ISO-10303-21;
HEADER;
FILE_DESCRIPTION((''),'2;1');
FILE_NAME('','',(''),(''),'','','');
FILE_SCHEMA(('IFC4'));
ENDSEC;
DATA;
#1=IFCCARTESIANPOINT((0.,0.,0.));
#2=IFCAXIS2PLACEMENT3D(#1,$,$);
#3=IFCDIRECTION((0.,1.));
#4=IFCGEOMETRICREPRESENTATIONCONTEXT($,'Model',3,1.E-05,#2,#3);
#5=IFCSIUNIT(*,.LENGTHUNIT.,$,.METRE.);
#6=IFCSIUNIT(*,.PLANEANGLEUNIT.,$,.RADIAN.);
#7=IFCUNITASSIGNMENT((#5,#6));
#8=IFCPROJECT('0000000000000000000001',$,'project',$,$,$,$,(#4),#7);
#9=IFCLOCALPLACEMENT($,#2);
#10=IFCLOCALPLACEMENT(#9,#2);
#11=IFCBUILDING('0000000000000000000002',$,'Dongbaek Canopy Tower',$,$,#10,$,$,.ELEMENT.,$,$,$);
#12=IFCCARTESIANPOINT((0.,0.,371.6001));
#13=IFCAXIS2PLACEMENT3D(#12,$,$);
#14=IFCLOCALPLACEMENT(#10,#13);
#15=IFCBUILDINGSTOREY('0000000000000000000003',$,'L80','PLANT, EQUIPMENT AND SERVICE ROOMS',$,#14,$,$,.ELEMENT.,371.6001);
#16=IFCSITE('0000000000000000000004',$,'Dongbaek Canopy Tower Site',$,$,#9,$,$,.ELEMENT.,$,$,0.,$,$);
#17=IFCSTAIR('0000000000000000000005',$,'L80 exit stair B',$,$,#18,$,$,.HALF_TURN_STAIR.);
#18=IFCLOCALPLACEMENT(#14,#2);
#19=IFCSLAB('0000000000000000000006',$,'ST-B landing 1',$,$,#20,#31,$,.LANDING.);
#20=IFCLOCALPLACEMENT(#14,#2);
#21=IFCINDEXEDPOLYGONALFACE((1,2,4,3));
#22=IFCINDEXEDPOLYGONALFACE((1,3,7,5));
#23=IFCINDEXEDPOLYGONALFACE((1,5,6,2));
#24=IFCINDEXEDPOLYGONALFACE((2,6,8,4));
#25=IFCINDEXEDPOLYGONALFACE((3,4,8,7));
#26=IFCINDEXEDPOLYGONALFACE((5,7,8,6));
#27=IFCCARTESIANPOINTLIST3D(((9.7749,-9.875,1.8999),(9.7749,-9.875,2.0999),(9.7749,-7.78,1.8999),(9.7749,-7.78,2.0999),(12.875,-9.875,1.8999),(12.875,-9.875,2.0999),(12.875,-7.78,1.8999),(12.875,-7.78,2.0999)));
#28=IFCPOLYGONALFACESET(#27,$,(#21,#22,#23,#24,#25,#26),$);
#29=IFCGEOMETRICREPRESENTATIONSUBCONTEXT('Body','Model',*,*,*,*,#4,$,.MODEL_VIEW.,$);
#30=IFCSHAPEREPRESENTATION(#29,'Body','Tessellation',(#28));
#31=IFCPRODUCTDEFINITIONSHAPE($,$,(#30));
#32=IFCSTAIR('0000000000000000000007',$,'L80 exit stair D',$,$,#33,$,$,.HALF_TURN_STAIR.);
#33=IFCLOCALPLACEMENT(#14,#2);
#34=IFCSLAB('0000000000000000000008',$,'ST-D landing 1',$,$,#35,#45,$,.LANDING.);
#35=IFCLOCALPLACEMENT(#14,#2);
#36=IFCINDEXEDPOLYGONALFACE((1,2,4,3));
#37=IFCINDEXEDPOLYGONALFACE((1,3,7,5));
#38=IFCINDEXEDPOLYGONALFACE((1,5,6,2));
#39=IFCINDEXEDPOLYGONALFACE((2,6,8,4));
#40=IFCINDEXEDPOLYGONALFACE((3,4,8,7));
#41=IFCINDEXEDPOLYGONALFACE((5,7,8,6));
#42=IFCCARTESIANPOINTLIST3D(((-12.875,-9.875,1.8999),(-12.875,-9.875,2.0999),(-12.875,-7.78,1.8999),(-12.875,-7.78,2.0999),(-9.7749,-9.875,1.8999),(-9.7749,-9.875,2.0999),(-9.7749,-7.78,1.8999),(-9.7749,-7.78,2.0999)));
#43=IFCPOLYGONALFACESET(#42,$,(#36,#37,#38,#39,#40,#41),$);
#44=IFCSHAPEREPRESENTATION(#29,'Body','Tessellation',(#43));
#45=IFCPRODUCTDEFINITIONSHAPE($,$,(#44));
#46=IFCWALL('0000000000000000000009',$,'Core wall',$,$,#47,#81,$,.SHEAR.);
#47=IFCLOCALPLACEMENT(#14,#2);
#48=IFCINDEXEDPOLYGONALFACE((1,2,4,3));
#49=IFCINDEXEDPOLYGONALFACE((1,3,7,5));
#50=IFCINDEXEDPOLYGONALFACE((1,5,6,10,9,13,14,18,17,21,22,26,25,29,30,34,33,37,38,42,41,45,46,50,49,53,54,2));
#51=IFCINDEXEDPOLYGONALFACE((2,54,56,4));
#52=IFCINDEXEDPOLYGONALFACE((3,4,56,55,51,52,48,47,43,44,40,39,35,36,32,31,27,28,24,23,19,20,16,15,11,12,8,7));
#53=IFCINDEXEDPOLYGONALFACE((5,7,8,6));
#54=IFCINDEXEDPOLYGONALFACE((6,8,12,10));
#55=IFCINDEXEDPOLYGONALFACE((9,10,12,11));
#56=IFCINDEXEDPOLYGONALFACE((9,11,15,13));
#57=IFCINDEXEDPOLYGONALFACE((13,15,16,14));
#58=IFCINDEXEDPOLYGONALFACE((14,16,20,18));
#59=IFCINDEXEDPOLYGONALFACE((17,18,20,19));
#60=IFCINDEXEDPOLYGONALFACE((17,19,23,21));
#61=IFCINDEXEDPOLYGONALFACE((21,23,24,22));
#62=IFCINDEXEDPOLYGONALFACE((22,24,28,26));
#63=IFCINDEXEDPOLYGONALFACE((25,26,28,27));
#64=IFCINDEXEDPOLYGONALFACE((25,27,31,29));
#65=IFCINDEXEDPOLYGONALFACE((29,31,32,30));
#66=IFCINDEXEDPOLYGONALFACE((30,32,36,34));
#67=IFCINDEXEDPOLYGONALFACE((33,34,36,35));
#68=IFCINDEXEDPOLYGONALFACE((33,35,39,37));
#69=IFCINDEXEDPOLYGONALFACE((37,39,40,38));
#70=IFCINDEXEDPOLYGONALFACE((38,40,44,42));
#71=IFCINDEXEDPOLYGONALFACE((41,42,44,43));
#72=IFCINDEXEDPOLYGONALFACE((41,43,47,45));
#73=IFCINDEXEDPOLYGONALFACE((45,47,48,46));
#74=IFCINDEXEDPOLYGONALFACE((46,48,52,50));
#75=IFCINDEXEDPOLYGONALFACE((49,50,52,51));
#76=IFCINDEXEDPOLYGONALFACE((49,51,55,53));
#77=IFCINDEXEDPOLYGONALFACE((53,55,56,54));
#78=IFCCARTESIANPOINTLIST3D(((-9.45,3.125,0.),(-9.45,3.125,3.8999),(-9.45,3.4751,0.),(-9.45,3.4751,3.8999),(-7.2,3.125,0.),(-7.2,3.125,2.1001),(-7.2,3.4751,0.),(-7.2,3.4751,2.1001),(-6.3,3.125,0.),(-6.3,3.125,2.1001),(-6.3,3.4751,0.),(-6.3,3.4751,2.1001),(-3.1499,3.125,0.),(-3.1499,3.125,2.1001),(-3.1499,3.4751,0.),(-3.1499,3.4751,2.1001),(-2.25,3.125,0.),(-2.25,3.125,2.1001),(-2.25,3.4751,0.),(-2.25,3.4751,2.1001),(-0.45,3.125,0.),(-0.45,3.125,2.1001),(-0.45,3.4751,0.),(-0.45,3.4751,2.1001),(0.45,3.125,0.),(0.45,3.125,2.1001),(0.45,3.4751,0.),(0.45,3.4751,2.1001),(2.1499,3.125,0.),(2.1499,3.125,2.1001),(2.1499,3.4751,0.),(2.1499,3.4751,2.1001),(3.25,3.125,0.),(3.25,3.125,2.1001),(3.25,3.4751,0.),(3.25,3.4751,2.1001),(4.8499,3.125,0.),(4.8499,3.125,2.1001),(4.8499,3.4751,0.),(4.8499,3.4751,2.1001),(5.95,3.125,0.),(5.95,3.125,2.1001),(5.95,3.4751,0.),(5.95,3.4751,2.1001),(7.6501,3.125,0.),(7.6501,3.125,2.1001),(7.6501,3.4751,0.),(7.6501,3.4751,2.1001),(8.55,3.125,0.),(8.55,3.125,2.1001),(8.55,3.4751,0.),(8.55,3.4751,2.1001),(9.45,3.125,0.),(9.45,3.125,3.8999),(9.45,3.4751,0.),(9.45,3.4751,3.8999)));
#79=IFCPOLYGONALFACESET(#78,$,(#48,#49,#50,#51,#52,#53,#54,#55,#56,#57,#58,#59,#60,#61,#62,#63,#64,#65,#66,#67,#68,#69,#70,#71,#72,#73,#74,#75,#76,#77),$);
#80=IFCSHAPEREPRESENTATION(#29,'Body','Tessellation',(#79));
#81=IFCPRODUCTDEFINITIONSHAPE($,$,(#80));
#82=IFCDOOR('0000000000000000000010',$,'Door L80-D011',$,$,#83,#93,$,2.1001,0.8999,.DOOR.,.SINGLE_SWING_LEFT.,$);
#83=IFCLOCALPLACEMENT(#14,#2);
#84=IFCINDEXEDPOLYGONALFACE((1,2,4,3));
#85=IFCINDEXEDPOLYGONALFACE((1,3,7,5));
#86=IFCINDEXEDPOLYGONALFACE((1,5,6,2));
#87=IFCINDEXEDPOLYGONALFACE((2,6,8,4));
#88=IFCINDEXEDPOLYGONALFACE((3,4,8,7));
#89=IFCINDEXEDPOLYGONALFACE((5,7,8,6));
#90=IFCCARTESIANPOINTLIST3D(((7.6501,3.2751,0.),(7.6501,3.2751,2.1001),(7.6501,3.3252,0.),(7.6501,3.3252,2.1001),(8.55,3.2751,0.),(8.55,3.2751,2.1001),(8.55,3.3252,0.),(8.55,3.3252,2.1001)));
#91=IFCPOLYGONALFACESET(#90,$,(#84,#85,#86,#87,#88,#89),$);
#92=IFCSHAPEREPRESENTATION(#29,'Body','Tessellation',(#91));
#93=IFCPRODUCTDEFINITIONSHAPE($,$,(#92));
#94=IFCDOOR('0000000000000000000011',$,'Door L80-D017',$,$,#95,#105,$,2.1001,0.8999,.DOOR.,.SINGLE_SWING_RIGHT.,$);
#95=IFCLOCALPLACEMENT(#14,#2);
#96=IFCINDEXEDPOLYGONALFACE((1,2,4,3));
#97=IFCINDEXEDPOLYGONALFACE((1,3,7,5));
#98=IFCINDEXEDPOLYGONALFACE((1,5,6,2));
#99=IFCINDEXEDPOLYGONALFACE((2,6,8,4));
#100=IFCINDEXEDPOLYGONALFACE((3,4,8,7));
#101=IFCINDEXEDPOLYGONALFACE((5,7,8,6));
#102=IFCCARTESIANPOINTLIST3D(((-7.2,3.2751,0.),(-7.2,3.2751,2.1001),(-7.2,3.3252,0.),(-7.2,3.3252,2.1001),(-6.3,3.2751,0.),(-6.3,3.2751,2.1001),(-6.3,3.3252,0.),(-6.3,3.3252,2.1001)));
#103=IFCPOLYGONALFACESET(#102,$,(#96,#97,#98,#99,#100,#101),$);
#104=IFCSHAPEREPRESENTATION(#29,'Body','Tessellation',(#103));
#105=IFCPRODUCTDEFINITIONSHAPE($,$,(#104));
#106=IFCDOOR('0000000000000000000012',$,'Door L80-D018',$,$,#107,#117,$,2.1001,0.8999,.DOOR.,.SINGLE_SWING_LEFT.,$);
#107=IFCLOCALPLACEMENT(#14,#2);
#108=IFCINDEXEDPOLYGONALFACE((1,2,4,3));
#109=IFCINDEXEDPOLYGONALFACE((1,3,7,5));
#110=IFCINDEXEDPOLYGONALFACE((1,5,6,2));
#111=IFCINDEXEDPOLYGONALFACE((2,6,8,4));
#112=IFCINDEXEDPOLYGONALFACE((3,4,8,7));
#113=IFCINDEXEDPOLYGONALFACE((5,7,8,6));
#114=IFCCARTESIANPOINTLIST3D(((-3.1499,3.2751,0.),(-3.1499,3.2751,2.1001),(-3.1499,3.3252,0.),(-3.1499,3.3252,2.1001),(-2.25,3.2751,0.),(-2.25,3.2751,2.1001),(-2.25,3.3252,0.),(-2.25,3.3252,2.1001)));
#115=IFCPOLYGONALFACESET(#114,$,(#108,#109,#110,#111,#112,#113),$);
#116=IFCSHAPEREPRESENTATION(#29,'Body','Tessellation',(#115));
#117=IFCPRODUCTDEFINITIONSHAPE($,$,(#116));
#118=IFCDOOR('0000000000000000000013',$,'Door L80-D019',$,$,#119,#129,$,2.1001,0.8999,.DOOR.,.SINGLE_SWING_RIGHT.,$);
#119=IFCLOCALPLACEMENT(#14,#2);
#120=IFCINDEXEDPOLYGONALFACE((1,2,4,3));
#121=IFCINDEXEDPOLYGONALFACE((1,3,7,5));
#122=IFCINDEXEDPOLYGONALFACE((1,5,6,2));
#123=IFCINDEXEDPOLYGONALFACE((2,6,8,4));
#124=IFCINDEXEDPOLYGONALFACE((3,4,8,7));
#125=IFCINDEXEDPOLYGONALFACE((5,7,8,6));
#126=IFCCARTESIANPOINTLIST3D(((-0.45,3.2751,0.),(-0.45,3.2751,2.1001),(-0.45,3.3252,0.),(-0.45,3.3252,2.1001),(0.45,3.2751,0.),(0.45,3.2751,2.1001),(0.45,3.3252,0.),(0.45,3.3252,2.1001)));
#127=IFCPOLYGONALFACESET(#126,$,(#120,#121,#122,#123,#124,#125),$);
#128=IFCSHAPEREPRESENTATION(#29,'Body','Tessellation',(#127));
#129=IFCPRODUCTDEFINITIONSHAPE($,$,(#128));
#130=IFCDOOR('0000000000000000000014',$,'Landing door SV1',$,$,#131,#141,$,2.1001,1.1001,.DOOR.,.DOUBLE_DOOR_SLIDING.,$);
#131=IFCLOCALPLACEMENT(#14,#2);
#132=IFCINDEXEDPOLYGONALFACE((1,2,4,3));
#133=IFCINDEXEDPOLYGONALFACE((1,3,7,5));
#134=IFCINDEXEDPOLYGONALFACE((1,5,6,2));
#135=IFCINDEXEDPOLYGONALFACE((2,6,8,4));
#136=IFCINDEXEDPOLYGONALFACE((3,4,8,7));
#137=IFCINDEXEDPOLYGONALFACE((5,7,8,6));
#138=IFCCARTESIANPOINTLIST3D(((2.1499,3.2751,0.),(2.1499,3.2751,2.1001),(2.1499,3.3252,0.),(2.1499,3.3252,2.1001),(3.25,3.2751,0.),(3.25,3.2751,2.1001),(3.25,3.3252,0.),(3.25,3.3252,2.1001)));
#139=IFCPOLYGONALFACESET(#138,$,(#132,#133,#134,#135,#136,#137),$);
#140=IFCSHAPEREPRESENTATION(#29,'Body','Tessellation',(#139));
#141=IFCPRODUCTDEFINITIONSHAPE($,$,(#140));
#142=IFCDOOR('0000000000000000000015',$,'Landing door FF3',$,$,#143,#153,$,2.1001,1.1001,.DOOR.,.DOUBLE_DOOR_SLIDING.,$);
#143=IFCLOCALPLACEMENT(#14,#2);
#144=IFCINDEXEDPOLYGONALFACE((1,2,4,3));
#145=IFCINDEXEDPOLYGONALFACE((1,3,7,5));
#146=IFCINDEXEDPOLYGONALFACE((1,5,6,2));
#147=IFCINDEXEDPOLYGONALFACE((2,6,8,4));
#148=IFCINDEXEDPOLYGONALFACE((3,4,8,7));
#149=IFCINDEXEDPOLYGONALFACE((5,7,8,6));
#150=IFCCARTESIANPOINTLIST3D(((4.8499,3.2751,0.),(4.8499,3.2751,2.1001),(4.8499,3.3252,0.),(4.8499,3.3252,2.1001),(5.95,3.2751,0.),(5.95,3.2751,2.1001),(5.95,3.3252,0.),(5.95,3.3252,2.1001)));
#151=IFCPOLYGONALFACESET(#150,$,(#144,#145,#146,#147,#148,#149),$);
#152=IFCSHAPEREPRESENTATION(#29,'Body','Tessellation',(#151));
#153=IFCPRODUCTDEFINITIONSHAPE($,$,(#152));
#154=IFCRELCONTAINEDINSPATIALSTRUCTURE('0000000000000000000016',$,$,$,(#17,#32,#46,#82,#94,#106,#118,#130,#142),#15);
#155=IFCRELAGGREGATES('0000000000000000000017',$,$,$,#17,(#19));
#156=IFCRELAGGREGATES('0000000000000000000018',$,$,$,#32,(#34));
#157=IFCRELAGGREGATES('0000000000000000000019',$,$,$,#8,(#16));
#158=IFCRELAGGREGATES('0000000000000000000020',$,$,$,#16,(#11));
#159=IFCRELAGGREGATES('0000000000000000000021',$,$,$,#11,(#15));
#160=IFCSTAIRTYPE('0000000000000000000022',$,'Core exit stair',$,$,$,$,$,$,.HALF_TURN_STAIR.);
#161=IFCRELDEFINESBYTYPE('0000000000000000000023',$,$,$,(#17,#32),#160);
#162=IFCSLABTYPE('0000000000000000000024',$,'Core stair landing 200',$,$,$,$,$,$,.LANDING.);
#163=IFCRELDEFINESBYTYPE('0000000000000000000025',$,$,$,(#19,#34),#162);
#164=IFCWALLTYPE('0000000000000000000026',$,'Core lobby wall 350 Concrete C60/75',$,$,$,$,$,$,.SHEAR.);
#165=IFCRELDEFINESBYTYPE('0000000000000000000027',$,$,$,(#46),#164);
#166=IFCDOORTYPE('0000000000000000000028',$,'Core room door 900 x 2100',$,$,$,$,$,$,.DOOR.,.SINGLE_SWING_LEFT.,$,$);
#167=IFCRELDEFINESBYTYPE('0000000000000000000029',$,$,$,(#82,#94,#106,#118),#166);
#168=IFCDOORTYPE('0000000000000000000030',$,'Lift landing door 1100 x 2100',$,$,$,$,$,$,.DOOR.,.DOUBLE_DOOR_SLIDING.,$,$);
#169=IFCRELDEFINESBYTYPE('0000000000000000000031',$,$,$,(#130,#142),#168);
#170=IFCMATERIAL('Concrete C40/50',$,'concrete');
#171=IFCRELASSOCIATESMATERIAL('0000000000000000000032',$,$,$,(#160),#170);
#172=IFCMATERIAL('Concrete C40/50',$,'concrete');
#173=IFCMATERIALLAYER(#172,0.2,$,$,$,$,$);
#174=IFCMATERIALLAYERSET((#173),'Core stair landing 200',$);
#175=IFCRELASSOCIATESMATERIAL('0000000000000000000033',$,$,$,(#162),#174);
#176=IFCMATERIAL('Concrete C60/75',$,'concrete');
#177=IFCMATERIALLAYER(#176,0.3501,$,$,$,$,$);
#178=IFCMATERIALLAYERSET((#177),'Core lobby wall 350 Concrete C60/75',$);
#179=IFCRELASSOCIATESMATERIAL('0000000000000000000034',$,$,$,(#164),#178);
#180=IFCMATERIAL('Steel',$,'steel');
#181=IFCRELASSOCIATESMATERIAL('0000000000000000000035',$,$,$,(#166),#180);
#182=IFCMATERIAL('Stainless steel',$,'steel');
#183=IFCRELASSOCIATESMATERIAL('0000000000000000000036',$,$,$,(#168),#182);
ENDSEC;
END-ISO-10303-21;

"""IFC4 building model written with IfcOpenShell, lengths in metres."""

from ifc_helpers import new_model, si_unit, direction, frame, frame_2d, origin, place, context, subcontext, project, spatial, polyline, rectangle, outline, extrude, material, layer, layer_set, type_object, element, fill, aggregate, save


model = new_model("IFC4")

# Units and contexts
model_context = context("Model", 3, precision=1e-05, world=origin(), true_north=direction((0.0, 1.0)))
body_context = subcontext(model_context, "Body", "Model", "MODEL_VIEW")
ifc_project = project(units=[si_unit("LENGTHUNIT", "METRE"), si_unit("PLANEANGLEUNIT", "RADIAN")], contexts=[model_context])

# Site, building, storey
site_placement = place(None, origin())
site = spatial("IfcSite", under=ifc_project, at=site_placement, Name="Dongbaek Canopy Tower Site", CompositionType="ELEMENT", RefElevation=0.0)
building_placement = place(site_placement, origin())
building = spatial("IfcBuilding", under=site, at=building_placement, Name="Dongbaek Canopy Tower", CompositionType="ELEMENT")
storey_placement = place(building_placement, frame((0.0, 0.0, 371.6001)))
storey = spatial("IfcBuildingStorey", under=building, at=storey_placement, Name="L80", Description="PLANT, EQUIPMENT AND SERVICE ROOMS", CompositionType="ELEMENT", Elevation=371.6001)

# Stairs, slabs
ifc_material_1 = material(Name="Concrete C40/50", Category="concrete")
stair_type = type_object("IfcStairType", Name="Core exit stair", PredefinedType="HALF_TURN_STAIR", material=ifc_material_1)
stair_1_placement = place(storey_placement, origin())
stair_1 = element("IfcStair", 1, at=stair_1_placement, inside=storey, type_object=stair_type, Name="L80 exit stair B", PredefinedType="HALF_TURN_STAIR")
ifc_material_2 = material(Name="Concrete C40/50", Category="concrete")
ifc_layer_1 = layer(ifc_material_2, 0.2)
ifc_layer_set_1 = layer_set([ifc_layer_1], Name="Core stair landing 200")
slab_type = type_object("IfcSlabType", Name="Core stair landing 200", PredefinedType="LANDING", material=ifc_layer_set_1)
slab_1_placement = place(storey_placement, frame((0.0, 0.0, 1.8999)))
slab_1 = element("IfcSlab", 2, at=slab_1_placement, type_object=slab_type, Name="ST-B landing 1", PredefinedType="LANDING", context=body_context, shape_type="SweptSolid", body=[
    extrude(outline(polyline([(9.7749, -7.78), (9.7749, -9.875), (12.875, -9.875), (12.875, -7.78), (9.7749, -7.78)])), origin(), (0.0, 0.0, 1.0), 0.2),
])
aggregate(stair_1, [slab_1])
stair_2_placement = place(storey_placement, origin())
stair_2 = element("IfcStair", 3, at=stair_2_placement, inside=storey, type_object=stair_type, Name="L80 exit stair D", PredefinedType="HALF_TURN_STAIR")
slab_2_placement = place(storey_placement, frame((0.0, 0.0, 1.8999)))
slab_2 = element("IfcSlab", 4, at=slab_2_placement, type_object=slab_type, Name="ST-D landing 1", PredefinedType="LANDING", context=body_context, shape_type="SweptSolid", body=[
    extrude(outline(polyline([(-12.875, -7.78), (-12.875, -9.875), (-9.7749, -9.875), (-9.7749, -7.78), (-12.875, -7.78)])), origin(), (0.0, 0.0, 1.0), 0.2),
])
aggregate(stair_2, [slab_2])

# Wall, openings, doors
ifc_material_3 = material(Name="Concrete C60/75", Category="concrete")
ifc_layer_2 = layer(ifc_material_3, 0.3501)
ifc_layer_set_2 = layer_set([ifc_layer_2], Name="Core lobby wall 350 Concrete C60/75")
wall_type_1 = type_object("IfcWallType", Name="Core lobby wall 350 Concrete C60/75", PredefinedType="SHEAR", material=ifc_layer_set_2)
wall_1_placement = place(storey_placement, frame((9.45, 3.3, 0.0), z_axis=(0.0, 0.0, 1.0), x_axis=(-1.0, 0.0, 0.0)))
wall_1 = element("IfcWall", 5, at=wall_1_placement, inside=storey, type_object=wall_type_1, Name="Core wall", PredefinedType="SHEAR", context=body_context, shape_type="SweptSolid", body=[
    extrude(rectangle(XDim=18.8999, YDim=0.3501, at=frame_2d((9.45, 0.0))), origin(), (0.0, 0.0, 1.0), 3.8999),
])
opening_1_placement = place(wall_1_placement, frame((6.2, 0.0, 0.0)))
opening_1 = element("IfcOpeningElement", 6, at=opening_1_placement, cuts=wall_1, PredefinedType="OPENING", context=body_context, shape_type="SweptSolid", body=[
    extrude(rectangle(XDim=1.1001, YDim=2.1001, at=frame_2d((0.55, 1.05))), frame((0.0, 0.1851, 0.0), z_axis=(0.0, -1.0, 0.0), x_axis=(1.0, 0.0, 0.0)), (0.0, 0.0, 1.0), 0.3701),
])
opening_2_placement = place(wall_1_placement, frame((3.5, 0.0, 0.0)))
opening_2 = element("IfcOpeningElement", 7, at=opening_2_placement, cuts=wall_1, PredefinedType="OPENING", context=body_context, shape_type="SweptSolid", body=[
    extrude(rectangle(XDim=1.1001, YDim=2.1001, at=frame_2d((0.55, 1.05))), frame((0.0, 0.1851, 0.0), z_axis=(0.0, -1.0, 0.0), x_axis=(1.0, 0.0, 0.0)), (0.0, 0.0, 1.0), 0.3701),
])
opening_3_placement = place(wall_1_placement, frame((0.8999, 0.0, 0.0)))
opening_3 = element("IfcOpeningElement", 8, at=opening_3_placement, cuts=wall_1, PredefinedType="OPENING", context=body_context, shape_type="SweptSolid", body=[
    extrude(rectangle(XDim=0.8999, YDim=2.1001, at=frame_2d((0.45, 1.05))), frame((0.0, 0.1851, 0.0), z_axis=(0.0, -1.0, 0.0), x_axis=(1.0, 0.0, 0.0)), (0.0, 0.0, 1.0), 0.3701),
])
opening_4_placement = place(wall_1_placement, frame((15.75, 0.0, 0.0)))
opening_4 = element("IfcOpeningElement", 9, at=opening_4_placement, cuts=wall_1, PredefinedType="OPENING", context=body_context, shape_type="SweptSolid", body=[
    extrude(rectangle(XDim=0.8999, YDim=2.1001, at=frame_2d((0.45, 1.05))), frame((0.0, 0.1851, 0.0), z_axis=(0.0, -1.0, 0.0), x_axis=(1.0, 0.0, 0.0)), (0.0, 0.0, 1.0), 0.3701),
])
opening_5_placement = place(wall_1_placement, frame((11.7, 0.0, 0.0)))
opening_5 = element("IfcOpeningElement", 10, at=opening_5_placement, cuts=wall_1, PredefinedType="OPENING", context=body_context, shape_type="SweptSolid", body=[
    extrude(rectangle(XDim=0.8999, YDim=2.1001, at=frame_2d((0.45, 1.05))), frame((0.0, 0.1851, 0.0), z_axis=(0.0, -1.0, 0.0), x_axis=(1.0, 0.0, 0.0)), (0.0, 0.0, 1.0), 0.3701),
])
opening_6_placement = place(wall_1_placement, frame((9.0, 0.0, 0.0)))
opening_6 = element("IfcOpeningElement", 11, at=opening_6_placement, cuts=wall_1, PredefinedType="OPENING", context=body_context, shape_type="SweptSolid", body=[
    extrude(rectangle(XDim=0.8999, YDim=2.1001, at=frame_2d((0.45, 1.05))), frame((0.0, 0.1851, 0.0), z_axis=(0.0, -1.0, 0.0), x_axis=(1.0, 0.0, 0.0)), (0.0, 0.0, 1.0), 0.3701),
])
ifc_material_4 = material(Name="Steel", Category="steel")
door_type_1 = type_object("IfcDoorType", Name="Core room door 900 x 2100", OperationType="SINGLE_SWING_LEFT", PredefinedType="DOOR", material=ifc_material_4)
door_1_placement = place(opening_3_placement, origin())
door_1 = element("IfcDoor", 12, at=door_1_placement, inside=storey, type_object=door_type_1, Name="Door L80-D011", OperationType="SINGLE_SWING_LEFT", OverallHeight=2.1001, OverallWidth=0.8999, PredefinedType="DOOR", context=body_context, shape_type="SweptSolid", body=[
    extrude(rectangle(XDim=0.8999, YDim=2.1001, at=frame_2d((0.45, 1.05))), frame((0.0, 0.0249, 0.0), z_axis=(0.0, -1.0, 0.0), x_axis=(1.0, 0.0, 0.0)), (0.0, 0.0, 1.0), 0.05),
])
fill(opening_3, door_1)
door_2_placement = place(opening_4_placement, origin())
door_2 = element("IfcDoor", 13, at=door_2_placement, inside=storey, type_object=door_type_1, Name="Door L80-D017", OperationType="SINGLE_SWING_RIGHT", OverallHeight=2.1001, OverallWidth=0.8999, PredefinedType="DOOR", context=body_context, shape_type="SweptSolid", body=[
    extrude(rectangle(XDim=0.8999, YDim=2.1001, at=frame_2d((0.45, 1.05))), frame((0.0, 0.0249, 0.0), z_axis=(0.0, -1.0, 0.0), x_axis=(1.0, 0.0, 0.0)), (0.0, 0.0, 1.0), 0.05),
])
fill(opening_4, door_2)
door_3_placement = place(opening_5_placement, origin())
door_3 = element("IfcDoor", 14, at=door_3_placement, inside=storey, type_object=door_type_1, Name="Door L80-D018", OperationType="SINGLE_SWING_LEFT", OverallHeight=2.1001, OverallWidth=0.8999, PredefinedType="DOOR", context=body_context, shape_type="SweptSolid", body=[
    extrude(rectangle(XDim=0.8999, YDim=2.1001, at=frame_2d((0.45, 1.05))), frame((0.0, 0.0249, 0.0), z_axis=(0.0, -1.0, 0.0), x_axis=(1.0, 0.0, 0.0)), (0.0, 0.0, 1.0), 0.05),
])
fill(opening_5, door_3)
door_4_placement = place(opening_6_placement, origin())
door_4 = element("IfcDoor", 15, at=door_4_placement, inside=storey, type_object=door_type_1, Name="Door L80-D019", OperationType="SINGLE_SWING_RIGHT", OverallHeight=2.1001, OverallWidth=0.8999, PredefinedType="DOOR", context=body_context, shape_type="SweptSolid", body=[
    extrude(rectangle(XDim=0.8999, YDim=2.1001, at=frame_2d((0.45, 1.05))), frame((0.0, 0.0249, 0.0), z_axis=(0.0, -1.0, 0.0), x_axis=(1.0, 0.0, 0.0)), (0.0, 0.0, 1.0), 0.05),
])
fill(opening_6, door_4)
ifc_material_5 = material(Name="Stainless steel", Category="steel")
door_type_2 = type_object("IfcDoorType", Name="Lift landing door 1100 x 2100", OperationType="DOUBLE_DOOR_SLIDING", PredefinedType="DOOR", material=ifc_material_5)
door_5_placement = place(opening_1_placement, origin())
door_5 = element("IfcDoor", 16, at=door_5_placement, inside=storey, type_object=door_type_2, Name="Landing door SV1", OperationType="DOUBLE_DOOR_SLIDING", OverallHeight=2.1001, OverallWidth=1.1001, PredefinedType="DOOR", context=body_context, shape_type="SweptSolid", body=[
    extrude(rectangle(XDim=1.1001, YDim=2.1001, at=frame_2d((0.55, 1.05))), frame((0.0, 0.0249, 0.0), z_axis=(0.0, -1.0, 0.0), x_axis=(1.0, 0.0, 0.0)), (0.0, 0.0, 1.0), 0.05),
])
fill(opening_1, door_5)
door_6_placement = place(opening_2_placement, origin())
door_6 = element("IfcDoor", 17, at=door_6_placement, inside=storey, type_object=door_type_2, Name="Landing door FF3", OperationType="DOUBLE_DOOR_SLIDING", OverallHeight=2.1001, OverallWidth=1.1001, PredefinedType="DOOR", context=body_context, shape_type="SweptSolid", body=[
    extrude(rectangle(XDim=1.1001, YDim=2.1001, at=frame_2d((0.55, 1.05))), frame((0.0, 0.0249, 0.0), z_axis=(0.0, -1.0, 0.0), x_axis=(1.0, 0.0, 0.0)), (0.0, 0.0, 1.0), 0.05),
])
fill(opening_2, door_6)

save(model, "model.ifc")
